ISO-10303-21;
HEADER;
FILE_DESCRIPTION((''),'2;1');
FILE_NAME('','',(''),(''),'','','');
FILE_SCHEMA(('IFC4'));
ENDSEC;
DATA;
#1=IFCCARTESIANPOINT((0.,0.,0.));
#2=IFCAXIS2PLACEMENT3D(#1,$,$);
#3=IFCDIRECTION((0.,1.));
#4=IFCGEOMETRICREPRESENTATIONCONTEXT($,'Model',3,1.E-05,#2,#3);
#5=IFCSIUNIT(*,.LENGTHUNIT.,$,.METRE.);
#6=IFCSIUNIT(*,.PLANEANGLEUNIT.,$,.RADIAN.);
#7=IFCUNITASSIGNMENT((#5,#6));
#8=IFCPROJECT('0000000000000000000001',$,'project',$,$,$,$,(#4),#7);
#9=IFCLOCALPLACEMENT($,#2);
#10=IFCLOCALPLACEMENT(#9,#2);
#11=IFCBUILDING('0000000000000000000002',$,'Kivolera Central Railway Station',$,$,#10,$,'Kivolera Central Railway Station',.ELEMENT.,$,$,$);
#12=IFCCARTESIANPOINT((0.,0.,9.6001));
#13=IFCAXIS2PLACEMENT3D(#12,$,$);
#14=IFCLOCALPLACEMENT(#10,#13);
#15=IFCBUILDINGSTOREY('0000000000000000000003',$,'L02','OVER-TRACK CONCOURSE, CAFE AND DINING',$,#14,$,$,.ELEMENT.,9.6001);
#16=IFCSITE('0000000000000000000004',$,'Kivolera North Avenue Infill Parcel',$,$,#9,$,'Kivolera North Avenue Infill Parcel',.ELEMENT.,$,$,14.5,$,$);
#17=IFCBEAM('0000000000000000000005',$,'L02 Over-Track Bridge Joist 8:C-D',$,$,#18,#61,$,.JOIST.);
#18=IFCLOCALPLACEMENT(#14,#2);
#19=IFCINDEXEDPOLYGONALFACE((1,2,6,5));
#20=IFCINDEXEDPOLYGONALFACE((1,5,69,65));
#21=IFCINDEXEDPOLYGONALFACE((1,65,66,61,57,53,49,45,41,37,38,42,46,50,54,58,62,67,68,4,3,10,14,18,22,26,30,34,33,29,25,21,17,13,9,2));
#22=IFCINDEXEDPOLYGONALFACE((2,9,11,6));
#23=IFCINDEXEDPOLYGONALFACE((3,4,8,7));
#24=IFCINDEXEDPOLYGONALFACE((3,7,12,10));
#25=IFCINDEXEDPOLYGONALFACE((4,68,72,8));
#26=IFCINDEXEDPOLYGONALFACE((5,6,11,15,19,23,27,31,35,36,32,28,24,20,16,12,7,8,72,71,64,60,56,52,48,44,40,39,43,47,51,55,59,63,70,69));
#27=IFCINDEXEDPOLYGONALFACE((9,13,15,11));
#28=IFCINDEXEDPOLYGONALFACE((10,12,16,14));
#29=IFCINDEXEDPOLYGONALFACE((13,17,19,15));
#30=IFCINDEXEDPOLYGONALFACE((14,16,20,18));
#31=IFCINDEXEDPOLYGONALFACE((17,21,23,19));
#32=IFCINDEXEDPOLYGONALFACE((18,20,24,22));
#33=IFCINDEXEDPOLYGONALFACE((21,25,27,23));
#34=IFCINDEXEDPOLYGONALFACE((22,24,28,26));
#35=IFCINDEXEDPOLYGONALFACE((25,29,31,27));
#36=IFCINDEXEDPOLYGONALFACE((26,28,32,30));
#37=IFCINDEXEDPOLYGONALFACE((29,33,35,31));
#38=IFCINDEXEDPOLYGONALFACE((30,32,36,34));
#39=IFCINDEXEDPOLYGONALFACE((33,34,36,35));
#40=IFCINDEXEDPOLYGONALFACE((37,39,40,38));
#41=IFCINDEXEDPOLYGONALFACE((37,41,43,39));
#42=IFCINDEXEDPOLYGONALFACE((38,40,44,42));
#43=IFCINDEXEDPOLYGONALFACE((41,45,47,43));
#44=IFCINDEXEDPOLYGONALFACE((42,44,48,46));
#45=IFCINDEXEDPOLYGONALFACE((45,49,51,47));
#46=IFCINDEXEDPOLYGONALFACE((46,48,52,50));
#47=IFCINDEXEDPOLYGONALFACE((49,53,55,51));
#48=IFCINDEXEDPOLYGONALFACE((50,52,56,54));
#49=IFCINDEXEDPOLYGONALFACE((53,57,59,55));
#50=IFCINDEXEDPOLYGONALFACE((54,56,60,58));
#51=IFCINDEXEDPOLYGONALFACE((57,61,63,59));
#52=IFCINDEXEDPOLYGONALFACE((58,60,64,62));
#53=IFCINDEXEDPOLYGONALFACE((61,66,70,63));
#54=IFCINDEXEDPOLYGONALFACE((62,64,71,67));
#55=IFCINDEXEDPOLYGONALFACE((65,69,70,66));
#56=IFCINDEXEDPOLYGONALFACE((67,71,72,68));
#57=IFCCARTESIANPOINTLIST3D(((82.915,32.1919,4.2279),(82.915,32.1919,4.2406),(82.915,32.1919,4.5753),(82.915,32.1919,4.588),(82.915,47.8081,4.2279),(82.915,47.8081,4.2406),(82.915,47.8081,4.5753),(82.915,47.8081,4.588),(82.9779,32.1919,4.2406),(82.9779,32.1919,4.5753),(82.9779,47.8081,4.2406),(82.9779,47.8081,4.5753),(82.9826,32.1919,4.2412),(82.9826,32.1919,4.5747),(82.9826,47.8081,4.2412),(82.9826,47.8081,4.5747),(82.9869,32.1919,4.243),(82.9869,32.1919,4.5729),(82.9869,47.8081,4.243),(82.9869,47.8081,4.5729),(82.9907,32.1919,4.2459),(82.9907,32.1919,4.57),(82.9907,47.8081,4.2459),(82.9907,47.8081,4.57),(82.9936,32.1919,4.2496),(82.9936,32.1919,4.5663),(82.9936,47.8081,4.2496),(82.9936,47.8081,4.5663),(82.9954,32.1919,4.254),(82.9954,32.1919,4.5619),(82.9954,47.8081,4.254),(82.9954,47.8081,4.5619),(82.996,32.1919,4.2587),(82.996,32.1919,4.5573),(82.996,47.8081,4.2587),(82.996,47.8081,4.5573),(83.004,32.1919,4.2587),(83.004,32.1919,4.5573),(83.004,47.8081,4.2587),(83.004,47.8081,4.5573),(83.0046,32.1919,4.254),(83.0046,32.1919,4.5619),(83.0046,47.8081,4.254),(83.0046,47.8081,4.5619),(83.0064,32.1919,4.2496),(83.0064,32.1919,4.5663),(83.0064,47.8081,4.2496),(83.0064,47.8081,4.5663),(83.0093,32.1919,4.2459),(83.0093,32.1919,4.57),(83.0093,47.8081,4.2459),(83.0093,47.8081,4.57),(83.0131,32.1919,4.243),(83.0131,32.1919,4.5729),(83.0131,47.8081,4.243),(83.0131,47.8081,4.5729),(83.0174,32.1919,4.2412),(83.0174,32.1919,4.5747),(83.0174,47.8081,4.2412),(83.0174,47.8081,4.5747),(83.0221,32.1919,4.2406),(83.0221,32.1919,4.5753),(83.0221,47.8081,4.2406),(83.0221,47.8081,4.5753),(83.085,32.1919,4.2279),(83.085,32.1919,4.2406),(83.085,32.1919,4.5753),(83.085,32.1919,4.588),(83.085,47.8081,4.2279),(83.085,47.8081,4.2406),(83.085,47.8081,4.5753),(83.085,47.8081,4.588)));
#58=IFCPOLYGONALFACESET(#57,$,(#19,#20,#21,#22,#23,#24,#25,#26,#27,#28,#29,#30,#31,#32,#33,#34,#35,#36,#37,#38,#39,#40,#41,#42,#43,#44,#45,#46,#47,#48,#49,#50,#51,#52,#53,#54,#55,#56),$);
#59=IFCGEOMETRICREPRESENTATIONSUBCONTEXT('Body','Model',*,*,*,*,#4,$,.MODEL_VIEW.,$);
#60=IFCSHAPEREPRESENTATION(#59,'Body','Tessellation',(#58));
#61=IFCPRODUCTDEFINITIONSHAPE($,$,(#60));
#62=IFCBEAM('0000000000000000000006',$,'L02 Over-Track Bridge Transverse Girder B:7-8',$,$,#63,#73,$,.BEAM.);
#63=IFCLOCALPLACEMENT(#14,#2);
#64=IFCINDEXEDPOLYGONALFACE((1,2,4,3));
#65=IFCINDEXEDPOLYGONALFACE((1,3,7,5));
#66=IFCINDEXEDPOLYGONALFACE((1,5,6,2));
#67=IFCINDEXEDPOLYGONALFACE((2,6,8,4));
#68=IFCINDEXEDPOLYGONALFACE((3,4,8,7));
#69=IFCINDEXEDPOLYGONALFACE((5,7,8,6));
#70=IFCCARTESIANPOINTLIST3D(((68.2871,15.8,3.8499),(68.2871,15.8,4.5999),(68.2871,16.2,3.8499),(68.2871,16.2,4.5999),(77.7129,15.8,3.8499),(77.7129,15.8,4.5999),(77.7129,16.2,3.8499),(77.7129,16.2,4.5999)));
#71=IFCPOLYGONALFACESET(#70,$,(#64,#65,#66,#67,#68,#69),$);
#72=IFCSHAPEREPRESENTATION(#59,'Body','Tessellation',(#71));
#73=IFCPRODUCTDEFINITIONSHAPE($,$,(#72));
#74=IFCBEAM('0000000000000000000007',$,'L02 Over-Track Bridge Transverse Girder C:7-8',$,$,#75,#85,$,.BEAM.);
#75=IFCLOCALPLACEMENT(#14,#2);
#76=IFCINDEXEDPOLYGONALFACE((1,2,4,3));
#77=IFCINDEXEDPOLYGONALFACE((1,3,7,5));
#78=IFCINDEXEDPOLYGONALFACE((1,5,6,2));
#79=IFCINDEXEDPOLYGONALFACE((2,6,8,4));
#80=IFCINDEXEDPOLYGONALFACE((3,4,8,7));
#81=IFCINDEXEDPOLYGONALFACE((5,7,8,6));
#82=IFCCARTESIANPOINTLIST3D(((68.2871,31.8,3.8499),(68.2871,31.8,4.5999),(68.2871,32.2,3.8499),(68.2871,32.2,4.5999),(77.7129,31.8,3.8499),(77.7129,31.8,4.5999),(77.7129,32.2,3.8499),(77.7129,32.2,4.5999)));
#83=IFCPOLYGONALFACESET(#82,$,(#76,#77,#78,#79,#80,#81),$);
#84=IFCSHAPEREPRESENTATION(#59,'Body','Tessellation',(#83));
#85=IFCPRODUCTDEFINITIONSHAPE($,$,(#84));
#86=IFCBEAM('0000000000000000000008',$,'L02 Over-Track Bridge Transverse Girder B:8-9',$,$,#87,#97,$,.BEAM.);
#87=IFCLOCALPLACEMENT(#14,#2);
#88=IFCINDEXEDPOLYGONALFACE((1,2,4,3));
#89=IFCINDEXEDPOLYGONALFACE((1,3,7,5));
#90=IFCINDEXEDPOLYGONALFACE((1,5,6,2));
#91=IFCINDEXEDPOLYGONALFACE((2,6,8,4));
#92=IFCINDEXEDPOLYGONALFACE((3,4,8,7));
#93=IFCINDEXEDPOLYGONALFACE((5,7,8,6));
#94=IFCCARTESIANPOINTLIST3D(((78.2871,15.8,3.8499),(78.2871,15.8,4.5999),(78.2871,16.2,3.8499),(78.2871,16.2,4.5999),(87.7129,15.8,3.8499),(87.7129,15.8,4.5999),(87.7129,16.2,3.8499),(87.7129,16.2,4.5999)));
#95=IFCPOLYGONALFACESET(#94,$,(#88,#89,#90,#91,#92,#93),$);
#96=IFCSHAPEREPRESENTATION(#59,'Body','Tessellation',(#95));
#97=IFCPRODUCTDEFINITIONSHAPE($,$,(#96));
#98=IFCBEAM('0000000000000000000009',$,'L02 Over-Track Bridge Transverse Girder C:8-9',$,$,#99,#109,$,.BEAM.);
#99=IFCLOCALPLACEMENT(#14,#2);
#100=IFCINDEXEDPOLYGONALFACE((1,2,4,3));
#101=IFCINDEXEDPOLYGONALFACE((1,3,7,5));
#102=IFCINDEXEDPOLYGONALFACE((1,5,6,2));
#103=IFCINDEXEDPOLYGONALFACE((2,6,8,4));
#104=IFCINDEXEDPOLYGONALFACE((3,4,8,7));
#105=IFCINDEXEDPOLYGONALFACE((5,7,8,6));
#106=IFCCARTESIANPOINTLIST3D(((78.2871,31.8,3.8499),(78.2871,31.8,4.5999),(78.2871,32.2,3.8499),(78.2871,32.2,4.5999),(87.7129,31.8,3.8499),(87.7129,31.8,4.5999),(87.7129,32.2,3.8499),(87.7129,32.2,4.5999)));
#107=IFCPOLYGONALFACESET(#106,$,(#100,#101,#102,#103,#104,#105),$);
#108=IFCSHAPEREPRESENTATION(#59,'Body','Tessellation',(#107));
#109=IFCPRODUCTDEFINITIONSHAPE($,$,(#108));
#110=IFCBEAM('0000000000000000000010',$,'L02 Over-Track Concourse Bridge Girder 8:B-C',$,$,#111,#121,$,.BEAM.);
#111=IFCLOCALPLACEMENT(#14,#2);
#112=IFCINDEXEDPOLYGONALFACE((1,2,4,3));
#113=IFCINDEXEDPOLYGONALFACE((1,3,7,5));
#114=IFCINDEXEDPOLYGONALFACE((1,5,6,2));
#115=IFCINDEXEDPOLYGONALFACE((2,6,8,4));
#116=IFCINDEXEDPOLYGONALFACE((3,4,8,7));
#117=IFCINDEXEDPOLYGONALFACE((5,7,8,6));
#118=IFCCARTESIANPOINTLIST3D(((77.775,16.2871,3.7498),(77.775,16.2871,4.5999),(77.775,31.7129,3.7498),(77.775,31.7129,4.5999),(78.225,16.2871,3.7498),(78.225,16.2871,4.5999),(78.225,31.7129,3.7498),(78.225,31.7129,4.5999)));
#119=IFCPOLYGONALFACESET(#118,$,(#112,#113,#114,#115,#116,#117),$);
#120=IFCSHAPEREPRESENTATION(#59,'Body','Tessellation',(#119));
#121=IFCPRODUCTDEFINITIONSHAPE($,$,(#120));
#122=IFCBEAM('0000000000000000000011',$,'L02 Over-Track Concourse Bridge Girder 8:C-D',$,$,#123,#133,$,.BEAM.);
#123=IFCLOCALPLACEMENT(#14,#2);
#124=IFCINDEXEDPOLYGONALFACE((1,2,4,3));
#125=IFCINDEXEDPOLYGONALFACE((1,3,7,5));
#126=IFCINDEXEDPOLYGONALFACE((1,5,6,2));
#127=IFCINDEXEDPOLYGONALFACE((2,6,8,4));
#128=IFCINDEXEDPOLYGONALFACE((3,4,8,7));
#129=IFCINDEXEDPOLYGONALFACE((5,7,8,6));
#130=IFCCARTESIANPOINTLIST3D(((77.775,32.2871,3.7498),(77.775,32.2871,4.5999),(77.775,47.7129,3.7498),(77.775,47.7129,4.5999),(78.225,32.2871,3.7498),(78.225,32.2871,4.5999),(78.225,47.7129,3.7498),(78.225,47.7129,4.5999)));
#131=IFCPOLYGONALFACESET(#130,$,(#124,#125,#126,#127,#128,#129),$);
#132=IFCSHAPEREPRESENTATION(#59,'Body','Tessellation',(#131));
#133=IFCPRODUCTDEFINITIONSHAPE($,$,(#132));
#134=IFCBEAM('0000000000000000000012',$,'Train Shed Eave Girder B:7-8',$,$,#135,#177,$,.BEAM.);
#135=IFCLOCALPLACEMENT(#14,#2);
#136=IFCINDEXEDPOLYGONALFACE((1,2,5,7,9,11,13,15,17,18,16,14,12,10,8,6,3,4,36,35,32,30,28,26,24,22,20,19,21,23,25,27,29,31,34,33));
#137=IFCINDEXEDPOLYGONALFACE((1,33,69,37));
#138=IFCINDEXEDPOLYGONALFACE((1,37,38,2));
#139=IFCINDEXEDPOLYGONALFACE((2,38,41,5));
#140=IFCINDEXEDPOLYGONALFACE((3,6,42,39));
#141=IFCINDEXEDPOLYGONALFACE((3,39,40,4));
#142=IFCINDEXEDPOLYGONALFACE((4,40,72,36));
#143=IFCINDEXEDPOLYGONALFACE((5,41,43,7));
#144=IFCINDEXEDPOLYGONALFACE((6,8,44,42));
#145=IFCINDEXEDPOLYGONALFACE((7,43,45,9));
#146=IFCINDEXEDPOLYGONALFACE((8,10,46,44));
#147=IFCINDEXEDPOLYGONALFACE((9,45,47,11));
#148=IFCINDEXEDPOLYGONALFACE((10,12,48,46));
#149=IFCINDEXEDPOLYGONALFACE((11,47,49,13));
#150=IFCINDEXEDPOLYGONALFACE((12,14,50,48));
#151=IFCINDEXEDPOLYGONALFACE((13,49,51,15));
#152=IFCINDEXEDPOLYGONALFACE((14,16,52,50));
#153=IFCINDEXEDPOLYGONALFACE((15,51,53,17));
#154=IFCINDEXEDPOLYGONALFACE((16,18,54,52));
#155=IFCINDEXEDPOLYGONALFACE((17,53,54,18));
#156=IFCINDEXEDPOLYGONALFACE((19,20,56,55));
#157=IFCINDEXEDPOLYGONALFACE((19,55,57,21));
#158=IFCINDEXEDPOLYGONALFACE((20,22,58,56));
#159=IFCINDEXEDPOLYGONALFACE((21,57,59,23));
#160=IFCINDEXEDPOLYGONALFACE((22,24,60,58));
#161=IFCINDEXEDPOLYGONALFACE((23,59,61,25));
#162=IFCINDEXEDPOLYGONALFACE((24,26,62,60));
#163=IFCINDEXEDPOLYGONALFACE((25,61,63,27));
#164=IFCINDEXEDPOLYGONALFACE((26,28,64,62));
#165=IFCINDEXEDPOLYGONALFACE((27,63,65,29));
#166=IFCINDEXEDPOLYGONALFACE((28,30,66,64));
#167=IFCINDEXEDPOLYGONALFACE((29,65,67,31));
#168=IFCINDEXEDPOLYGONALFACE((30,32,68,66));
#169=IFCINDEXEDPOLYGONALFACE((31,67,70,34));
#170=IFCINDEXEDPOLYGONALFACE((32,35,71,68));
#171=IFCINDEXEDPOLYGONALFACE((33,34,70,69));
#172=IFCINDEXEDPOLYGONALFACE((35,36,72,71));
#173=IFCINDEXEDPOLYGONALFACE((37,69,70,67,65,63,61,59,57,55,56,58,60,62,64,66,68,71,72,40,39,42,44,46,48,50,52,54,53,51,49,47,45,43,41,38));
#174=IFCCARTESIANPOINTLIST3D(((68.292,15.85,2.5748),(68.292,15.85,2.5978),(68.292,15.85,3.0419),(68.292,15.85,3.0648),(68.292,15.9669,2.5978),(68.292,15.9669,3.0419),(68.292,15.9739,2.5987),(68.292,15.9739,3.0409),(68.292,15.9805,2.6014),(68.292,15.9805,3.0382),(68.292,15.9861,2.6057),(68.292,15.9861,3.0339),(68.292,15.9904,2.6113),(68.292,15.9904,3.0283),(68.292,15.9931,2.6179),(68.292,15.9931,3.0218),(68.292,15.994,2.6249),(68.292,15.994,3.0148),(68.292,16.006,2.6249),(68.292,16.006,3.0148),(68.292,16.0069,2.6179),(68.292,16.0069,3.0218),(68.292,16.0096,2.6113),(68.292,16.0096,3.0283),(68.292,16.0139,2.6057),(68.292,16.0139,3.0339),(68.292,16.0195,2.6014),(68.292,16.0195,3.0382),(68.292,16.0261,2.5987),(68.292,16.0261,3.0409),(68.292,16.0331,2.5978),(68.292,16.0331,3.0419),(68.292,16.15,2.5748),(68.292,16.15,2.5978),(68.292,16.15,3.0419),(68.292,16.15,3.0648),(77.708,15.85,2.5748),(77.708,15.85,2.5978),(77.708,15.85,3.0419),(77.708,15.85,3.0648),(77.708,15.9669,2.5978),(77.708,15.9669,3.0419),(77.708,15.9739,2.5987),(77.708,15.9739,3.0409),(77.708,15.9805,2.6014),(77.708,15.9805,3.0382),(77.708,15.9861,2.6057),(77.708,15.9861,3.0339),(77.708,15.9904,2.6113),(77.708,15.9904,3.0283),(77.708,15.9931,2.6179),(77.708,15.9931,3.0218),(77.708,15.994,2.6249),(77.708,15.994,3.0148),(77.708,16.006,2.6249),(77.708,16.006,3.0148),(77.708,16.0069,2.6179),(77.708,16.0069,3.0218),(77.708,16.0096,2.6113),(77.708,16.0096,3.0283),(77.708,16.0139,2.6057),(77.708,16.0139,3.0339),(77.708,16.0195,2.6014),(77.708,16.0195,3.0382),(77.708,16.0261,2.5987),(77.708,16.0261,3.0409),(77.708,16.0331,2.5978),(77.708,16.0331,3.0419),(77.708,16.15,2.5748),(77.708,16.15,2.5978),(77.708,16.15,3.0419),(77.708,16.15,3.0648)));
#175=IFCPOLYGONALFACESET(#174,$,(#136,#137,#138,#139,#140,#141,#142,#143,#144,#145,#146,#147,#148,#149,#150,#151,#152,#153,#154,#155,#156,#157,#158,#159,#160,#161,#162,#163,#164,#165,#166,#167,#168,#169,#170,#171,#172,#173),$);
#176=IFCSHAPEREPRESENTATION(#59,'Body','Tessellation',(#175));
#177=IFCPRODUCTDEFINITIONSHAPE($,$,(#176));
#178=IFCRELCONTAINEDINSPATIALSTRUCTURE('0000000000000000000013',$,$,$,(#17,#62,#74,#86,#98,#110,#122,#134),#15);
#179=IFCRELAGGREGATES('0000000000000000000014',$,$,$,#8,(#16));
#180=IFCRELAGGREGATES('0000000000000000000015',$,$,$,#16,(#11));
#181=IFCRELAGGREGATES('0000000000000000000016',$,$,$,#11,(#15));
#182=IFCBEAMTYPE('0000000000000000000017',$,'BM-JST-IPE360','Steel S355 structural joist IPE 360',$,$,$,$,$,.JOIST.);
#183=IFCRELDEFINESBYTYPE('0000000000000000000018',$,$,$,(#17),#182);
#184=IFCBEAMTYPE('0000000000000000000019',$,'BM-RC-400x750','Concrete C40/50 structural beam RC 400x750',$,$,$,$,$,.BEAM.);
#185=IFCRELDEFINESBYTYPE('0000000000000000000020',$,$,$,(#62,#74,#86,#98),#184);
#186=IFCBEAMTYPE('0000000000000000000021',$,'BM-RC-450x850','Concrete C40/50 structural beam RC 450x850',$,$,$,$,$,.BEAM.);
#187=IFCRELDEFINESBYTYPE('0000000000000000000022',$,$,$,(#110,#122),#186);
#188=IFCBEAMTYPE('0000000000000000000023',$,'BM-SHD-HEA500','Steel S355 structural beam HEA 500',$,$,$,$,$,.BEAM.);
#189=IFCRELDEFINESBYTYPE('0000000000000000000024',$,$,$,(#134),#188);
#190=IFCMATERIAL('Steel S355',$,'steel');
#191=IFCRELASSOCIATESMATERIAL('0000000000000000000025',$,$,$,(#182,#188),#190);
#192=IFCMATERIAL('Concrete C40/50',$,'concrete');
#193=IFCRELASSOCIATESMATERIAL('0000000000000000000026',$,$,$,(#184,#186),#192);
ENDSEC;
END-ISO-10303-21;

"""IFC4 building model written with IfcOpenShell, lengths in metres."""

from ifc_helpers import new_model, si_unit, direction, frame, origin, origin_2d, place, context, subcontext, project, spatial, rectangle, i_section, extrude, material, material_profile, profile_set, type_object, element, save


model = new_model("IFC4")

# Units and contexts
model_context = context("Model", 3, precision=1e-05, world=origin(), true_north=direction((0.0, 1.0)))
body_context = subcontext(model_context, "Body", "Model", "MODEL_VIEW")
ifc_project = project(units=[si_unit("LENGTHUNIT", "METRE"), si_unit("PLANEANGLEUNIT", "RADIAN")], contexts=[model_context])

# Site, building, storey
site_placement = place(None, origin())
site = spatial("IfcSite", under=ifc_project, at=site_placement, Name="Kivolera North Avenue Infill Parcel", LongName="Kivolera North Avenue Infill Parcel", CompositionType="ELEMENT", RefElevation=14.5)
building_placement = place(site_placement, origin())
building = spatial("IfcBuilding", under=site, at=building_placement, Name="Kivolera Central Railway Station", LongName="Kivolera Central Railway Station", CompositionType="ELEMENT")
storey_placement = place(building_placement, frame((0.0, 0.0, 9.6001)))
storey = spatial("IfcBuildingStorey", under=building, at=storey_placement, Name="L02", Description="OVER-TRACK CONCOURSE, CAFE AND DINING", CompositionType="ELEMENT", Elevation=9.6001)

# Shared definitions
ifc_material_1 = material(Name="Concrete C40/50", Category="concrete")

# Beams
ifc_material_2 = material(Name="Steel S355", Category="steel")
ifc_material_profile_1 = material_profile(ifc_material_2, i_section(OverallWidth=0.1699, OverallDepth=0.3601, WebThickness=0.0081, FlangeThickness=0.0127, FilletRadius=0.0181, at=origin_2d()), Name="IPE 360")
ifc_profile_set_1 = profile_set([ifc_material_profile_1], Name="Steel S355")
beam_type_1 = type_object("IfcBeamType", Name="BM-JST-IPE360", Description="Steel S355 structural joist IPE 360", PredefinedType="JOIST", material=ifc_profile_set_1)
for number, where, z_axis, x_axis, name in (
    (1, (83.0, 32.1919, 4.408), (0.0, 1.0, 0.0), (-1.0, 0.0, 0.0), "L02 Over-Track Bridge Joist 8:C-D"),
):
    element("IfcBeam", number, at=place(storey_placement, frame(where, z_axis=z_axis, x_axis=x_axis)), inside=storey, type_object=beam_type_1, Name=name, PredefinedType="JOIST", context=body_context, shape_type="SweptSolid", body=[
        extrude(i_section(OverallWidth=0.1699, OverallDepth=0.3601, WebThickness=0.0081, FlangeThickness=0.0127, FilletRadius=0.0181, at=origin_2d()), origin(), (0.0, 0.0, 1.0), 15.6162),
    ])
ifc_material_profile_2 = material_profile(ifc_material_1, rectangle(XDim=0.3999, YDim=0.75, at=origin_2d()), Name="RC 400x750")
ifc_profile_set_2 = profile_set([ifc_material_profile_2], Name="Concrete C40/50")
beam_type_2 = type_object("IfcBeamType", Name="BM-RC-400x750", Description="Concrete C40/50 structural beam RC 400x750", PredefinedType="BEAM", material=ifc_profile_set_2)
for number, where, z_axis, x_axis, name in (
    (2, (68.2871, 16.0, 4.2249), (1.0, 0.0, 0.0), (0.0, 1.0, 0.0), "L02 Over-Track Bridge Transverse Girder B:7-8"),
    (3, (68.2871, 32.0, 4.2249), (1.0, 0.0, 0.0), (0.0, 1.0, 0.0), "L02 Over-Track Bridge Transverse Girder C:7-8"),
    (4, (78.2871, 16.0, 4.2249), (1.0, 0.0, 0.0), (0.0, 1.0, 0.0), "L02 Over-Track Bridge Transverse Girder B:8-9"),
    (5, (78.2871, 32.0, 4.2249), (1.0, 0.0, 0.0), (0.0, 1.0, 0.0), "L02 Over-Track Bridge Transverse Girder C:8-9"),
):
    element("IfcBeam", number, at=place(storey_placement, frame(where, z_axis=z_axis, x_axis=x_axis)), inside=storey, type_object=beam_type_2, Name=name, PredefinedType="BEAM", context=body_context, shape_type="SweptSolid", body=[
        extrude(rectangle(XDim=0.3999, YDim=0.75, at=origin_2d()), origin(), (0.0, 0.0, 1.0), 9.4258),
    ])
ifc_material_profile_3 = material_profile(ifc_material_1, rectangle(XDim=0.45, YDim=0.8501, at=origin_2d()), Name="RC 450x850")
ifc_profile_set_3 = profile_set([ifc_material_profile_3], Name="Concrete C40/50")
beam_type_3 = type_object("IfcBeamType", Name="BM-RC-450x850", Description="Concrete C40/50 structural beam RC 450x850", PredefinedType="BEAM", material=ifc_profile_set_3)
for number, where, z_axis, x_axis, name in (
    (6, (78.0, 16.2871, 4.1748), (0.0, 1.0, 0.0), (-1.0, 0.0, 0.0), "L02 Over-Track Concourse Bridge Girder 8:B-C"),
    (7, (78.0, 32.2871, 4.1748), (0.0, 1.0, 0.0), (-1.0, 0.0, 0.0), "L02 Over-Track Concourse Bridge Girder 8:C-D"),
):
    element("IfcBeam", number, at=place(storey_placement, frame(where, z_axis=z_axis, x_axis=x_axis)), inside=storey, type_object=beam_type_3, Name=name, PredefinedType="BEAM", context=body_context, shape_type="SweptSolid", body=[
        extrude(rectangle(XDim=0.45, YDim=0.8501, at=origin_2d()), origin(), (0.0, 0.0, 1.0), 15.4258),
    ])
ifc_material_profile_4 = material_profile(ifc_material_2, i_section(OverallWidth=0.3, OverallDepth=0.49, WebThickness=0.012, FlangeThickness=0.0229, FilletRadius=0.0271, at=origin_2d()), Name="HEA 500")
ifc_profile_set_4 = profile_set([ifc_material_profile_4], Name="Steel S355")
beam_type_4 = type_object("IfcBeamType", Name="BM-SHD-HEA500", Description="Steel S355 structural beam HEA 500", PredefinedType="BEAM", material=ifc_profile_set_4)
for number, where, z_axis, x_axis, name in (
    (8, (68.292, 16.0, 2.8198), (1.0, 0.0, 0.0), (0.0, 1.0, 0.0), "Train Shed Eave Girder B:7-8"),
):
    element("IfcBeam", number, at=place(storey_placement, frame(where, z_axis=z_axis, x_axis=x_axis)), inside=storey, type_object=beam_type_4, Name=name, PredefinedType="BEAM", context=body_context, shape_type="SweptSolid", body=[
        extrude(i_section(OverallWidth=0.3, OverallDepth=0.49, WebThickness=0.012, FlangeThickness=0.0229, FilletRadius=0.0271, at=origin_2d()), origin(), (0.0, 0.0, 1.0), 9.416),
    ])

save(model, "model.ifc")
